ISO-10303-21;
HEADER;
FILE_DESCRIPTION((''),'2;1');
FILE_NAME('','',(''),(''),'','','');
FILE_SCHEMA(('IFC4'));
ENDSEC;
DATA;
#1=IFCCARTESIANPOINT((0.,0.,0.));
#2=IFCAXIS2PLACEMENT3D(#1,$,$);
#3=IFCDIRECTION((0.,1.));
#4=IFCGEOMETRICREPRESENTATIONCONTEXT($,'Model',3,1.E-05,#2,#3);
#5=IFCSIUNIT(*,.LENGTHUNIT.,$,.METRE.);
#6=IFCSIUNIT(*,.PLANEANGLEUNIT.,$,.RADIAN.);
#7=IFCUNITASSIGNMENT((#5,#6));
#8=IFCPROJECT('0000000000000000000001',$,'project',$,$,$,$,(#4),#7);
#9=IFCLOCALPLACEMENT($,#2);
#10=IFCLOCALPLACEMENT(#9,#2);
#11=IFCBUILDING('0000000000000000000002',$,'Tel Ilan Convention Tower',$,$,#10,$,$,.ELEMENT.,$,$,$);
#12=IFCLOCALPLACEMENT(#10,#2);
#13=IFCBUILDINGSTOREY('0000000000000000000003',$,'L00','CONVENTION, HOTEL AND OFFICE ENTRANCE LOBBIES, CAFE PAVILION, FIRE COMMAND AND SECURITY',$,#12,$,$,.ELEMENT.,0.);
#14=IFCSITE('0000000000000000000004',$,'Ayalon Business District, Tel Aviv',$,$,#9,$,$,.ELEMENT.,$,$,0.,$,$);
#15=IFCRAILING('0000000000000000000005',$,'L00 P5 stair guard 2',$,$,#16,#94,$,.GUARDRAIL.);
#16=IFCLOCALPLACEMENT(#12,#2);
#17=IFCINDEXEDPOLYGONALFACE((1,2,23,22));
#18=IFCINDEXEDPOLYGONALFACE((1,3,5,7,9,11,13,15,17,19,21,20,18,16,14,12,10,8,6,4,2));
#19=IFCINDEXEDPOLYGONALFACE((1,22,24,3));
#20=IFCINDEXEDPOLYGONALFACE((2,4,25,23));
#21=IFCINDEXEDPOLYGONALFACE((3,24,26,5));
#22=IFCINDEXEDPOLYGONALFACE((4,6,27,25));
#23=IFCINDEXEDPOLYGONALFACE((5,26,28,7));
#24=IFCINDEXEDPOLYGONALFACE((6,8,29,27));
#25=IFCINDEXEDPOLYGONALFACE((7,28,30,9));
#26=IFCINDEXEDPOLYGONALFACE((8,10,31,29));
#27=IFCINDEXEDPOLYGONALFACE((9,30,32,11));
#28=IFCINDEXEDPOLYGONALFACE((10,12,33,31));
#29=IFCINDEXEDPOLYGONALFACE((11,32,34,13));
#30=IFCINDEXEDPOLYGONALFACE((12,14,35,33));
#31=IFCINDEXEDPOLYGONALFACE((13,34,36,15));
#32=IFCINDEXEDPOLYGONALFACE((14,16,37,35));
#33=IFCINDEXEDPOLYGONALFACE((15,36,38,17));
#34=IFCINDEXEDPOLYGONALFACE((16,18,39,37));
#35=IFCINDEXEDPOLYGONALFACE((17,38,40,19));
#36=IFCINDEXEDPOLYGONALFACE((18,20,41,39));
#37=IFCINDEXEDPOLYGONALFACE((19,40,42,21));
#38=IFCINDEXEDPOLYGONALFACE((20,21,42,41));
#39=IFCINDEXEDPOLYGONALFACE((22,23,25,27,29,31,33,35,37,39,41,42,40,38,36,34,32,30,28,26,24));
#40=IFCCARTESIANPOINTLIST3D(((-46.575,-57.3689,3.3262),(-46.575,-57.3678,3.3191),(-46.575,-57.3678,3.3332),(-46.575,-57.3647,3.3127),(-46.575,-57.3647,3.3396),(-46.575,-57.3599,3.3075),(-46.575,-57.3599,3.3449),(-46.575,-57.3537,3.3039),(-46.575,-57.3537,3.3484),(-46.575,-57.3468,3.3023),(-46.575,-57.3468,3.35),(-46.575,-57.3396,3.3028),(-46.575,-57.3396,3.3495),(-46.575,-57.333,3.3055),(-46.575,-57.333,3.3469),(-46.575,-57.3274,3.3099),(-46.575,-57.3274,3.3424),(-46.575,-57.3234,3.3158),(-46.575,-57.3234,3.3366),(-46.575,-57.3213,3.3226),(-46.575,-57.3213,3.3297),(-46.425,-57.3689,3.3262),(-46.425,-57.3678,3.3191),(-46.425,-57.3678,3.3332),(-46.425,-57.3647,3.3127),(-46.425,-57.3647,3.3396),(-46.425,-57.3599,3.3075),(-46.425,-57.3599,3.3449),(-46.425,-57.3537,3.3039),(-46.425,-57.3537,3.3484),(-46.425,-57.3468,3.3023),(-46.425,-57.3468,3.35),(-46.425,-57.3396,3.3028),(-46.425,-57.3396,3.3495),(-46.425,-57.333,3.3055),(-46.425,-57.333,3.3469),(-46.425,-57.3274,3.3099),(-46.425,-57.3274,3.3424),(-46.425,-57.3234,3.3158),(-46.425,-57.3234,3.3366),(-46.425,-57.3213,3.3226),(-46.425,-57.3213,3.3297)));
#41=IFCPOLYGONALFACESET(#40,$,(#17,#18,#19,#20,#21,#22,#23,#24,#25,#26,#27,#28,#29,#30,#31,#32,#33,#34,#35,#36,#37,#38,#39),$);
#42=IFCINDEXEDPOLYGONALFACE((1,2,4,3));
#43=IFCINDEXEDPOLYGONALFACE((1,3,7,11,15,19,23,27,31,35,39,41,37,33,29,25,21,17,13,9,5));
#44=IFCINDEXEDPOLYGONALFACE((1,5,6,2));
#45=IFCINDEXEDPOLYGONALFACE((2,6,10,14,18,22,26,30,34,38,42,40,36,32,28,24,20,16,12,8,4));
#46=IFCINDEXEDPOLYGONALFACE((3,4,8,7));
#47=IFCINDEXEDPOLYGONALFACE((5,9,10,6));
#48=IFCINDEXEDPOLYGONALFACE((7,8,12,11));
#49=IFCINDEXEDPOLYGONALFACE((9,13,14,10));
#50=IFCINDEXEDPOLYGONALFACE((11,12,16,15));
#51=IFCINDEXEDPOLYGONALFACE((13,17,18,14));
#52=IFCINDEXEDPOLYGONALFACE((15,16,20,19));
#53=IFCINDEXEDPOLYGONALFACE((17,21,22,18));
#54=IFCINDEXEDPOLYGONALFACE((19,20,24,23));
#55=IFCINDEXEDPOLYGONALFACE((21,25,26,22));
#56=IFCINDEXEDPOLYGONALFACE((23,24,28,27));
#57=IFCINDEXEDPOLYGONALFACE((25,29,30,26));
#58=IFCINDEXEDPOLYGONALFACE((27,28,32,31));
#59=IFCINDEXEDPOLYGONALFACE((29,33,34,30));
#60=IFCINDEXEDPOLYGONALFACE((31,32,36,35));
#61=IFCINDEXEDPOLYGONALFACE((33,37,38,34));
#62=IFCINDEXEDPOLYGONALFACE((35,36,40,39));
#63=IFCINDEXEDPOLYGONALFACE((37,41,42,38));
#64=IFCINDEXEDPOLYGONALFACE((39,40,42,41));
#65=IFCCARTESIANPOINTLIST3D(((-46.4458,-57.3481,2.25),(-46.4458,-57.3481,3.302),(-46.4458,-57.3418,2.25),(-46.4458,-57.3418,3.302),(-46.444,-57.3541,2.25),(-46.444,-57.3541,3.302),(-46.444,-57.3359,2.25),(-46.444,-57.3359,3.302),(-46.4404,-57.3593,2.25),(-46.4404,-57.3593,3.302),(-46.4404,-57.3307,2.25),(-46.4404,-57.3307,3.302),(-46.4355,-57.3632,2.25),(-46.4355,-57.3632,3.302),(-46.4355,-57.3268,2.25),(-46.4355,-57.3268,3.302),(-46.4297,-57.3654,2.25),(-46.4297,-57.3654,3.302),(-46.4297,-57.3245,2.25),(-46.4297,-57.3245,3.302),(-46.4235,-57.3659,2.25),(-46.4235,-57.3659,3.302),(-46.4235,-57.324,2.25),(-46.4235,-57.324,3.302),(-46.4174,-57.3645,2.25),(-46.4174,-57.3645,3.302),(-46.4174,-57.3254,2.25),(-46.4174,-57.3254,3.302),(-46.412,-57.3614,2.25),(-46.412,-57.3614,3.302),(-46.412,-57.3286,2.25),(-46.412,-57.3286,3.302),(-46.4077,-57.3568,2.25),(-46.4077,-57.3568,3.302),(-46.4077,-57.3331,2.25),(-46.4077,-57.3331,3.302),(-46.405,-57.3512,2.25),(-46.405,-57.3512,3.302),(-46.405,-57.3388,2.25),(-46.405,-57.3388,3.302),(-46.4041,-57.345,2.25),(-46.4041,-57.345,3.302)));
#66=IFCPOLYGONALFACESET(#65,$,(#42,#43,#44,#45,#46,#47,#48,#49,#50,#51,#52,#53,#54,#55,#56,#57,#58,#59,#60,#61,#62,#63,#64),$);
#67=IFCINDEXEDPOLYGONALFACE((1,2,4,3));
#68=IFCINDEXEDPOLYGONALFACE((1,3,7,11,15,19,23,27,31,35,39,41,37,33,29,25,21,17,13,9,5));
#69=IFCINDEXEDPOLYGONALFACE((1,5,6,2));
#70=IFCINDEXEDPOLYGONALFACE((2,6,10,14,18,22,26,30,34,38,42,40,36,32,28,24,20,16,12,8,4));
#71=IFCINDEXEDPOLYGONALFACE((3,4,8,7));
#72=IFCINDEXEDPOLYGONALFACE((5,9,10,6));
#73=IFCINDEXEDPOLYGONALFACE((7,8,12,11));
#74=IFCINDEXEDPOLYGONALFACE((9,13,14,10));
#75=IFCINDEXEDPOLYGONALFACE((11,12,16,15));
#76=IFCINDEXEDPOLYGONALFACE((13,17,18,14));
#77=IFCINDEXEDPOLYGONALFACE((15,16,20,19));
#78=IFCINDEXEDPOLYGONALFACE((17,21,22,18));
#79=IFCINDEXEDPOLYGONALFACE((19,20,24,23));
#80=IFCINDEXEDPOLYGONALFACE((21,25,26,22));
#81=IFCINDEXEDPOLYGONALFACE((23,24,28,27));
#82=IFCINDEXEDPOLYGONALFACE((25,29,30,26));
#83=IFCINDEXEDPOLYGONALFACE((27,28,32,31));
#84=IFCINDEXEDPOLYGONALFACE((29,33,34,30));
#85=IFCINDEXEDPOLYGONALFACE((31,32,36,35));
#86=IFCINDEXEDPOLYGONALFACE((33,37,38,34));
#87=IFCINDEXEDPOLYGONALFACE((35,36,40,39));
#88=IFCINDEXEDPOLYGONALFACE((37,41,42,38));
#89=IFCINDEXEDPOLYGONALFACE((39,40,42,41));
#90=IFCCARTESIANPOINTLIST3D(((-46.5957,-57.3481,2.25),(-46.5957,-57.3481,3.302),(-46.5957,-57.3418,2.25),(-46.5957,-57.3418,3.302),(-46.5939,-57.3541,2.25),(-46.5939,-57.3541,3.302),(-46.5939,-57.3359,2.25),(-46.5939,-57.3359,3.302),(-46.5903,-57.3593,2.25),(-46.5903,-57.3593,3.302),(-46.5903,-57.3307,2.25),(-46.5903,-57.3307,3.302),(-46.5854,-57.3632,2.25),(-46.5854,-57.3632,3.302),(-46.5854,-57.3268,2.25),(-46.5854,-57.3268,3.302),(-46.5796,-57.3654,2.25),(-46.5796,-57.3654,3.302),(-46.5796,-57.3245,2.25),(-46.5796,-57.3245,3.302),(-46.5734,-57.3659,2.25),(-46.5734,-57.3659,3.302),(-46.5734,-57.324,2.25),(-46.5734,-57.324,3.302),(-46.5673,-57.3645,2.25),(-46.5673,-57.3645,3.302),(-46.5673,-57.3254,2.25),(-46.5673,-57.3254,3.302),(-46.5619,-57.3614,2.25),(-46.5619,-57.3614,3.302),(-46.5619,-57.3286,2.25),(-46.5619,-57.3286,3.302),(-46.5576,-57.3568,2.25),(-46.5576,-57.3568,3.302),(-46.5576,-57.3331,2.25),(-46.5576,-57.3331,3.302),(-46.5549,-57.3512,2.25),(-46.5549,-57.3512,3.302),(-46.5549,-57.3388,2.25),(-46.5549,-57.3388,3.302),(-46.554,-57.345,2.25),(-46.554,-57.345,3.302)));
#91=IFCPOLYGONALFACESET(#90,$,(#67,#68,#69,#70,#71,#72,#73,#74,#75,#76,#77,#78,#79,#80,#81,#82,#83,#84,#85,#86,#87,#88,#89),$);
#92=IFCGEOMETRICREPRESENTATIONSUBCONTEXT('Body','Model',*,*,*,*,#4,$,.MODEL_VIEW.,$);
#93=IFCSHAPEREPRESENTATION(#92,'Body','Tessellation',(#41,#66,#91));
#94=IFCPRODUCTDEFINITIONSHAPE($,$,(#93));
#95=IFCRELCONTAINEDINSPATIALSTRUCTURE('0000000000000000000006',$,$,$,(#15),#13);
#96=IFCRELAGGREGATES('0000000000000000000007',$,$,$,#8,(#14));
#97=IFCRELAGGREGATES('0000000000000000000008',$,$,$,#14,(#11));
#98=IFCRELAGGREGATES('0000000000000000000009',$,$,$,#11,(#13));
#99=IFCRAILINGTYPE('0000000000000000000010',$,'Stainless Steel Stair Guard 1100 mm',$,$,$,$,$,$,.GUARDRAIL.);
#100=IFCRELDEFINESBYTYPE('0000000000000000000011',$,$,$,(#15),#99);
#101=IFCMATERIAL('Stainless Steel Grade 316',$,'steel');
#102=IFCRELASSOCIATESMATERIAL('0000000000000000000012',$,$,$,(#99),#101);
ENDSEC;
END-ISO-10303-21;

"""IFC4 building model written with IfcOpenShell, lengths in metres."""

from ifc_helpers import new_model, si_unit, direction, frame, origin, origin_2d, place, context, subcontext, project, spatial, circle, extrude, material, type_object, element, save


model = new_model("IFC4")

# Units and contexts
model_context = context("Model", 3, precision=1e-05, world=origin(), true_north=direction((0.0, 1.0)))
body_context = subcontext(model_context, "Body", "Model", "MODEL_VIEW")
ifc_project = project(units=[si_unit("LENGTHUNIT", "METRE"), si_unit("PLANEANGLEUNIT", "RADIAN")], contexts=[model_context])

# Site, building, storey
site_placement = place(None, origin())
site = spatial("IfcSite", under=ifc_project, at=site_placement, Name="Ayalon Business District, Tel Aviv", CompositionType="ELEMENT", RefElevation=0.0)
building_placement = place(site_placement, origin())
building = spatial("IfcBuilding", under=site, at=building_placement, Name="Tel Ilan Convention Tower", CompositionType="ELEMENT")
storey_placement = place(building_placement, origin())
storey = spatial("IfcBuildingStorey", under=building, at=storey_placement, Name="L00", Description="CONVENTION, HOTEL AND OFFICE ENTRANCE LOBBIES, CAFE PAVILION, FIRE COMMAND AND SECURITY", CompositionType="ELEMENT", Elevation=0.0)

# Railing
ifc_material_1 = material(Name="Stainless Steel Grade 316", Category="steel")
railing_type_1 = type_object("IfcRailingType", Name="Stainless Steel Stair Guard 1100 mm", PredefinedType="GUARDRAIL", material=ifc_material_1)
railing_1_placement = place(storey_placement, frame((-46.425, -57.345, 2.25)))
element("IfcRailing", 1, at=railing_1_placement, inside=storey, type_object=railing_type_1, Name="L00 P5 stair guard 2", PredefinedType="GUARDRAIL", context=body_context, shape_type="SweptSolid", body=[
    extrude(circle(Radius=0.0239, at=origin_2d()), frame((0.0, 0.0, 1.0762), z_axis=(-1.0, 0.0, 0.0), x_axis=(0.0, -1.0, 0.0)), (0.0, 0.0, 1.0), 0.1499),
    extrude(circle(Radius=0.021, at=origin_2d()), origin(), (0.0, 0.0, 1.0), 1.052),
    extrude(circle(Radius=0.021, at=origin_2d()), frame((-0.1499, 0.0, 0.0)), (0.0, 0.0, 1.0), 1.052),
])

save(model, "model.ifc")
